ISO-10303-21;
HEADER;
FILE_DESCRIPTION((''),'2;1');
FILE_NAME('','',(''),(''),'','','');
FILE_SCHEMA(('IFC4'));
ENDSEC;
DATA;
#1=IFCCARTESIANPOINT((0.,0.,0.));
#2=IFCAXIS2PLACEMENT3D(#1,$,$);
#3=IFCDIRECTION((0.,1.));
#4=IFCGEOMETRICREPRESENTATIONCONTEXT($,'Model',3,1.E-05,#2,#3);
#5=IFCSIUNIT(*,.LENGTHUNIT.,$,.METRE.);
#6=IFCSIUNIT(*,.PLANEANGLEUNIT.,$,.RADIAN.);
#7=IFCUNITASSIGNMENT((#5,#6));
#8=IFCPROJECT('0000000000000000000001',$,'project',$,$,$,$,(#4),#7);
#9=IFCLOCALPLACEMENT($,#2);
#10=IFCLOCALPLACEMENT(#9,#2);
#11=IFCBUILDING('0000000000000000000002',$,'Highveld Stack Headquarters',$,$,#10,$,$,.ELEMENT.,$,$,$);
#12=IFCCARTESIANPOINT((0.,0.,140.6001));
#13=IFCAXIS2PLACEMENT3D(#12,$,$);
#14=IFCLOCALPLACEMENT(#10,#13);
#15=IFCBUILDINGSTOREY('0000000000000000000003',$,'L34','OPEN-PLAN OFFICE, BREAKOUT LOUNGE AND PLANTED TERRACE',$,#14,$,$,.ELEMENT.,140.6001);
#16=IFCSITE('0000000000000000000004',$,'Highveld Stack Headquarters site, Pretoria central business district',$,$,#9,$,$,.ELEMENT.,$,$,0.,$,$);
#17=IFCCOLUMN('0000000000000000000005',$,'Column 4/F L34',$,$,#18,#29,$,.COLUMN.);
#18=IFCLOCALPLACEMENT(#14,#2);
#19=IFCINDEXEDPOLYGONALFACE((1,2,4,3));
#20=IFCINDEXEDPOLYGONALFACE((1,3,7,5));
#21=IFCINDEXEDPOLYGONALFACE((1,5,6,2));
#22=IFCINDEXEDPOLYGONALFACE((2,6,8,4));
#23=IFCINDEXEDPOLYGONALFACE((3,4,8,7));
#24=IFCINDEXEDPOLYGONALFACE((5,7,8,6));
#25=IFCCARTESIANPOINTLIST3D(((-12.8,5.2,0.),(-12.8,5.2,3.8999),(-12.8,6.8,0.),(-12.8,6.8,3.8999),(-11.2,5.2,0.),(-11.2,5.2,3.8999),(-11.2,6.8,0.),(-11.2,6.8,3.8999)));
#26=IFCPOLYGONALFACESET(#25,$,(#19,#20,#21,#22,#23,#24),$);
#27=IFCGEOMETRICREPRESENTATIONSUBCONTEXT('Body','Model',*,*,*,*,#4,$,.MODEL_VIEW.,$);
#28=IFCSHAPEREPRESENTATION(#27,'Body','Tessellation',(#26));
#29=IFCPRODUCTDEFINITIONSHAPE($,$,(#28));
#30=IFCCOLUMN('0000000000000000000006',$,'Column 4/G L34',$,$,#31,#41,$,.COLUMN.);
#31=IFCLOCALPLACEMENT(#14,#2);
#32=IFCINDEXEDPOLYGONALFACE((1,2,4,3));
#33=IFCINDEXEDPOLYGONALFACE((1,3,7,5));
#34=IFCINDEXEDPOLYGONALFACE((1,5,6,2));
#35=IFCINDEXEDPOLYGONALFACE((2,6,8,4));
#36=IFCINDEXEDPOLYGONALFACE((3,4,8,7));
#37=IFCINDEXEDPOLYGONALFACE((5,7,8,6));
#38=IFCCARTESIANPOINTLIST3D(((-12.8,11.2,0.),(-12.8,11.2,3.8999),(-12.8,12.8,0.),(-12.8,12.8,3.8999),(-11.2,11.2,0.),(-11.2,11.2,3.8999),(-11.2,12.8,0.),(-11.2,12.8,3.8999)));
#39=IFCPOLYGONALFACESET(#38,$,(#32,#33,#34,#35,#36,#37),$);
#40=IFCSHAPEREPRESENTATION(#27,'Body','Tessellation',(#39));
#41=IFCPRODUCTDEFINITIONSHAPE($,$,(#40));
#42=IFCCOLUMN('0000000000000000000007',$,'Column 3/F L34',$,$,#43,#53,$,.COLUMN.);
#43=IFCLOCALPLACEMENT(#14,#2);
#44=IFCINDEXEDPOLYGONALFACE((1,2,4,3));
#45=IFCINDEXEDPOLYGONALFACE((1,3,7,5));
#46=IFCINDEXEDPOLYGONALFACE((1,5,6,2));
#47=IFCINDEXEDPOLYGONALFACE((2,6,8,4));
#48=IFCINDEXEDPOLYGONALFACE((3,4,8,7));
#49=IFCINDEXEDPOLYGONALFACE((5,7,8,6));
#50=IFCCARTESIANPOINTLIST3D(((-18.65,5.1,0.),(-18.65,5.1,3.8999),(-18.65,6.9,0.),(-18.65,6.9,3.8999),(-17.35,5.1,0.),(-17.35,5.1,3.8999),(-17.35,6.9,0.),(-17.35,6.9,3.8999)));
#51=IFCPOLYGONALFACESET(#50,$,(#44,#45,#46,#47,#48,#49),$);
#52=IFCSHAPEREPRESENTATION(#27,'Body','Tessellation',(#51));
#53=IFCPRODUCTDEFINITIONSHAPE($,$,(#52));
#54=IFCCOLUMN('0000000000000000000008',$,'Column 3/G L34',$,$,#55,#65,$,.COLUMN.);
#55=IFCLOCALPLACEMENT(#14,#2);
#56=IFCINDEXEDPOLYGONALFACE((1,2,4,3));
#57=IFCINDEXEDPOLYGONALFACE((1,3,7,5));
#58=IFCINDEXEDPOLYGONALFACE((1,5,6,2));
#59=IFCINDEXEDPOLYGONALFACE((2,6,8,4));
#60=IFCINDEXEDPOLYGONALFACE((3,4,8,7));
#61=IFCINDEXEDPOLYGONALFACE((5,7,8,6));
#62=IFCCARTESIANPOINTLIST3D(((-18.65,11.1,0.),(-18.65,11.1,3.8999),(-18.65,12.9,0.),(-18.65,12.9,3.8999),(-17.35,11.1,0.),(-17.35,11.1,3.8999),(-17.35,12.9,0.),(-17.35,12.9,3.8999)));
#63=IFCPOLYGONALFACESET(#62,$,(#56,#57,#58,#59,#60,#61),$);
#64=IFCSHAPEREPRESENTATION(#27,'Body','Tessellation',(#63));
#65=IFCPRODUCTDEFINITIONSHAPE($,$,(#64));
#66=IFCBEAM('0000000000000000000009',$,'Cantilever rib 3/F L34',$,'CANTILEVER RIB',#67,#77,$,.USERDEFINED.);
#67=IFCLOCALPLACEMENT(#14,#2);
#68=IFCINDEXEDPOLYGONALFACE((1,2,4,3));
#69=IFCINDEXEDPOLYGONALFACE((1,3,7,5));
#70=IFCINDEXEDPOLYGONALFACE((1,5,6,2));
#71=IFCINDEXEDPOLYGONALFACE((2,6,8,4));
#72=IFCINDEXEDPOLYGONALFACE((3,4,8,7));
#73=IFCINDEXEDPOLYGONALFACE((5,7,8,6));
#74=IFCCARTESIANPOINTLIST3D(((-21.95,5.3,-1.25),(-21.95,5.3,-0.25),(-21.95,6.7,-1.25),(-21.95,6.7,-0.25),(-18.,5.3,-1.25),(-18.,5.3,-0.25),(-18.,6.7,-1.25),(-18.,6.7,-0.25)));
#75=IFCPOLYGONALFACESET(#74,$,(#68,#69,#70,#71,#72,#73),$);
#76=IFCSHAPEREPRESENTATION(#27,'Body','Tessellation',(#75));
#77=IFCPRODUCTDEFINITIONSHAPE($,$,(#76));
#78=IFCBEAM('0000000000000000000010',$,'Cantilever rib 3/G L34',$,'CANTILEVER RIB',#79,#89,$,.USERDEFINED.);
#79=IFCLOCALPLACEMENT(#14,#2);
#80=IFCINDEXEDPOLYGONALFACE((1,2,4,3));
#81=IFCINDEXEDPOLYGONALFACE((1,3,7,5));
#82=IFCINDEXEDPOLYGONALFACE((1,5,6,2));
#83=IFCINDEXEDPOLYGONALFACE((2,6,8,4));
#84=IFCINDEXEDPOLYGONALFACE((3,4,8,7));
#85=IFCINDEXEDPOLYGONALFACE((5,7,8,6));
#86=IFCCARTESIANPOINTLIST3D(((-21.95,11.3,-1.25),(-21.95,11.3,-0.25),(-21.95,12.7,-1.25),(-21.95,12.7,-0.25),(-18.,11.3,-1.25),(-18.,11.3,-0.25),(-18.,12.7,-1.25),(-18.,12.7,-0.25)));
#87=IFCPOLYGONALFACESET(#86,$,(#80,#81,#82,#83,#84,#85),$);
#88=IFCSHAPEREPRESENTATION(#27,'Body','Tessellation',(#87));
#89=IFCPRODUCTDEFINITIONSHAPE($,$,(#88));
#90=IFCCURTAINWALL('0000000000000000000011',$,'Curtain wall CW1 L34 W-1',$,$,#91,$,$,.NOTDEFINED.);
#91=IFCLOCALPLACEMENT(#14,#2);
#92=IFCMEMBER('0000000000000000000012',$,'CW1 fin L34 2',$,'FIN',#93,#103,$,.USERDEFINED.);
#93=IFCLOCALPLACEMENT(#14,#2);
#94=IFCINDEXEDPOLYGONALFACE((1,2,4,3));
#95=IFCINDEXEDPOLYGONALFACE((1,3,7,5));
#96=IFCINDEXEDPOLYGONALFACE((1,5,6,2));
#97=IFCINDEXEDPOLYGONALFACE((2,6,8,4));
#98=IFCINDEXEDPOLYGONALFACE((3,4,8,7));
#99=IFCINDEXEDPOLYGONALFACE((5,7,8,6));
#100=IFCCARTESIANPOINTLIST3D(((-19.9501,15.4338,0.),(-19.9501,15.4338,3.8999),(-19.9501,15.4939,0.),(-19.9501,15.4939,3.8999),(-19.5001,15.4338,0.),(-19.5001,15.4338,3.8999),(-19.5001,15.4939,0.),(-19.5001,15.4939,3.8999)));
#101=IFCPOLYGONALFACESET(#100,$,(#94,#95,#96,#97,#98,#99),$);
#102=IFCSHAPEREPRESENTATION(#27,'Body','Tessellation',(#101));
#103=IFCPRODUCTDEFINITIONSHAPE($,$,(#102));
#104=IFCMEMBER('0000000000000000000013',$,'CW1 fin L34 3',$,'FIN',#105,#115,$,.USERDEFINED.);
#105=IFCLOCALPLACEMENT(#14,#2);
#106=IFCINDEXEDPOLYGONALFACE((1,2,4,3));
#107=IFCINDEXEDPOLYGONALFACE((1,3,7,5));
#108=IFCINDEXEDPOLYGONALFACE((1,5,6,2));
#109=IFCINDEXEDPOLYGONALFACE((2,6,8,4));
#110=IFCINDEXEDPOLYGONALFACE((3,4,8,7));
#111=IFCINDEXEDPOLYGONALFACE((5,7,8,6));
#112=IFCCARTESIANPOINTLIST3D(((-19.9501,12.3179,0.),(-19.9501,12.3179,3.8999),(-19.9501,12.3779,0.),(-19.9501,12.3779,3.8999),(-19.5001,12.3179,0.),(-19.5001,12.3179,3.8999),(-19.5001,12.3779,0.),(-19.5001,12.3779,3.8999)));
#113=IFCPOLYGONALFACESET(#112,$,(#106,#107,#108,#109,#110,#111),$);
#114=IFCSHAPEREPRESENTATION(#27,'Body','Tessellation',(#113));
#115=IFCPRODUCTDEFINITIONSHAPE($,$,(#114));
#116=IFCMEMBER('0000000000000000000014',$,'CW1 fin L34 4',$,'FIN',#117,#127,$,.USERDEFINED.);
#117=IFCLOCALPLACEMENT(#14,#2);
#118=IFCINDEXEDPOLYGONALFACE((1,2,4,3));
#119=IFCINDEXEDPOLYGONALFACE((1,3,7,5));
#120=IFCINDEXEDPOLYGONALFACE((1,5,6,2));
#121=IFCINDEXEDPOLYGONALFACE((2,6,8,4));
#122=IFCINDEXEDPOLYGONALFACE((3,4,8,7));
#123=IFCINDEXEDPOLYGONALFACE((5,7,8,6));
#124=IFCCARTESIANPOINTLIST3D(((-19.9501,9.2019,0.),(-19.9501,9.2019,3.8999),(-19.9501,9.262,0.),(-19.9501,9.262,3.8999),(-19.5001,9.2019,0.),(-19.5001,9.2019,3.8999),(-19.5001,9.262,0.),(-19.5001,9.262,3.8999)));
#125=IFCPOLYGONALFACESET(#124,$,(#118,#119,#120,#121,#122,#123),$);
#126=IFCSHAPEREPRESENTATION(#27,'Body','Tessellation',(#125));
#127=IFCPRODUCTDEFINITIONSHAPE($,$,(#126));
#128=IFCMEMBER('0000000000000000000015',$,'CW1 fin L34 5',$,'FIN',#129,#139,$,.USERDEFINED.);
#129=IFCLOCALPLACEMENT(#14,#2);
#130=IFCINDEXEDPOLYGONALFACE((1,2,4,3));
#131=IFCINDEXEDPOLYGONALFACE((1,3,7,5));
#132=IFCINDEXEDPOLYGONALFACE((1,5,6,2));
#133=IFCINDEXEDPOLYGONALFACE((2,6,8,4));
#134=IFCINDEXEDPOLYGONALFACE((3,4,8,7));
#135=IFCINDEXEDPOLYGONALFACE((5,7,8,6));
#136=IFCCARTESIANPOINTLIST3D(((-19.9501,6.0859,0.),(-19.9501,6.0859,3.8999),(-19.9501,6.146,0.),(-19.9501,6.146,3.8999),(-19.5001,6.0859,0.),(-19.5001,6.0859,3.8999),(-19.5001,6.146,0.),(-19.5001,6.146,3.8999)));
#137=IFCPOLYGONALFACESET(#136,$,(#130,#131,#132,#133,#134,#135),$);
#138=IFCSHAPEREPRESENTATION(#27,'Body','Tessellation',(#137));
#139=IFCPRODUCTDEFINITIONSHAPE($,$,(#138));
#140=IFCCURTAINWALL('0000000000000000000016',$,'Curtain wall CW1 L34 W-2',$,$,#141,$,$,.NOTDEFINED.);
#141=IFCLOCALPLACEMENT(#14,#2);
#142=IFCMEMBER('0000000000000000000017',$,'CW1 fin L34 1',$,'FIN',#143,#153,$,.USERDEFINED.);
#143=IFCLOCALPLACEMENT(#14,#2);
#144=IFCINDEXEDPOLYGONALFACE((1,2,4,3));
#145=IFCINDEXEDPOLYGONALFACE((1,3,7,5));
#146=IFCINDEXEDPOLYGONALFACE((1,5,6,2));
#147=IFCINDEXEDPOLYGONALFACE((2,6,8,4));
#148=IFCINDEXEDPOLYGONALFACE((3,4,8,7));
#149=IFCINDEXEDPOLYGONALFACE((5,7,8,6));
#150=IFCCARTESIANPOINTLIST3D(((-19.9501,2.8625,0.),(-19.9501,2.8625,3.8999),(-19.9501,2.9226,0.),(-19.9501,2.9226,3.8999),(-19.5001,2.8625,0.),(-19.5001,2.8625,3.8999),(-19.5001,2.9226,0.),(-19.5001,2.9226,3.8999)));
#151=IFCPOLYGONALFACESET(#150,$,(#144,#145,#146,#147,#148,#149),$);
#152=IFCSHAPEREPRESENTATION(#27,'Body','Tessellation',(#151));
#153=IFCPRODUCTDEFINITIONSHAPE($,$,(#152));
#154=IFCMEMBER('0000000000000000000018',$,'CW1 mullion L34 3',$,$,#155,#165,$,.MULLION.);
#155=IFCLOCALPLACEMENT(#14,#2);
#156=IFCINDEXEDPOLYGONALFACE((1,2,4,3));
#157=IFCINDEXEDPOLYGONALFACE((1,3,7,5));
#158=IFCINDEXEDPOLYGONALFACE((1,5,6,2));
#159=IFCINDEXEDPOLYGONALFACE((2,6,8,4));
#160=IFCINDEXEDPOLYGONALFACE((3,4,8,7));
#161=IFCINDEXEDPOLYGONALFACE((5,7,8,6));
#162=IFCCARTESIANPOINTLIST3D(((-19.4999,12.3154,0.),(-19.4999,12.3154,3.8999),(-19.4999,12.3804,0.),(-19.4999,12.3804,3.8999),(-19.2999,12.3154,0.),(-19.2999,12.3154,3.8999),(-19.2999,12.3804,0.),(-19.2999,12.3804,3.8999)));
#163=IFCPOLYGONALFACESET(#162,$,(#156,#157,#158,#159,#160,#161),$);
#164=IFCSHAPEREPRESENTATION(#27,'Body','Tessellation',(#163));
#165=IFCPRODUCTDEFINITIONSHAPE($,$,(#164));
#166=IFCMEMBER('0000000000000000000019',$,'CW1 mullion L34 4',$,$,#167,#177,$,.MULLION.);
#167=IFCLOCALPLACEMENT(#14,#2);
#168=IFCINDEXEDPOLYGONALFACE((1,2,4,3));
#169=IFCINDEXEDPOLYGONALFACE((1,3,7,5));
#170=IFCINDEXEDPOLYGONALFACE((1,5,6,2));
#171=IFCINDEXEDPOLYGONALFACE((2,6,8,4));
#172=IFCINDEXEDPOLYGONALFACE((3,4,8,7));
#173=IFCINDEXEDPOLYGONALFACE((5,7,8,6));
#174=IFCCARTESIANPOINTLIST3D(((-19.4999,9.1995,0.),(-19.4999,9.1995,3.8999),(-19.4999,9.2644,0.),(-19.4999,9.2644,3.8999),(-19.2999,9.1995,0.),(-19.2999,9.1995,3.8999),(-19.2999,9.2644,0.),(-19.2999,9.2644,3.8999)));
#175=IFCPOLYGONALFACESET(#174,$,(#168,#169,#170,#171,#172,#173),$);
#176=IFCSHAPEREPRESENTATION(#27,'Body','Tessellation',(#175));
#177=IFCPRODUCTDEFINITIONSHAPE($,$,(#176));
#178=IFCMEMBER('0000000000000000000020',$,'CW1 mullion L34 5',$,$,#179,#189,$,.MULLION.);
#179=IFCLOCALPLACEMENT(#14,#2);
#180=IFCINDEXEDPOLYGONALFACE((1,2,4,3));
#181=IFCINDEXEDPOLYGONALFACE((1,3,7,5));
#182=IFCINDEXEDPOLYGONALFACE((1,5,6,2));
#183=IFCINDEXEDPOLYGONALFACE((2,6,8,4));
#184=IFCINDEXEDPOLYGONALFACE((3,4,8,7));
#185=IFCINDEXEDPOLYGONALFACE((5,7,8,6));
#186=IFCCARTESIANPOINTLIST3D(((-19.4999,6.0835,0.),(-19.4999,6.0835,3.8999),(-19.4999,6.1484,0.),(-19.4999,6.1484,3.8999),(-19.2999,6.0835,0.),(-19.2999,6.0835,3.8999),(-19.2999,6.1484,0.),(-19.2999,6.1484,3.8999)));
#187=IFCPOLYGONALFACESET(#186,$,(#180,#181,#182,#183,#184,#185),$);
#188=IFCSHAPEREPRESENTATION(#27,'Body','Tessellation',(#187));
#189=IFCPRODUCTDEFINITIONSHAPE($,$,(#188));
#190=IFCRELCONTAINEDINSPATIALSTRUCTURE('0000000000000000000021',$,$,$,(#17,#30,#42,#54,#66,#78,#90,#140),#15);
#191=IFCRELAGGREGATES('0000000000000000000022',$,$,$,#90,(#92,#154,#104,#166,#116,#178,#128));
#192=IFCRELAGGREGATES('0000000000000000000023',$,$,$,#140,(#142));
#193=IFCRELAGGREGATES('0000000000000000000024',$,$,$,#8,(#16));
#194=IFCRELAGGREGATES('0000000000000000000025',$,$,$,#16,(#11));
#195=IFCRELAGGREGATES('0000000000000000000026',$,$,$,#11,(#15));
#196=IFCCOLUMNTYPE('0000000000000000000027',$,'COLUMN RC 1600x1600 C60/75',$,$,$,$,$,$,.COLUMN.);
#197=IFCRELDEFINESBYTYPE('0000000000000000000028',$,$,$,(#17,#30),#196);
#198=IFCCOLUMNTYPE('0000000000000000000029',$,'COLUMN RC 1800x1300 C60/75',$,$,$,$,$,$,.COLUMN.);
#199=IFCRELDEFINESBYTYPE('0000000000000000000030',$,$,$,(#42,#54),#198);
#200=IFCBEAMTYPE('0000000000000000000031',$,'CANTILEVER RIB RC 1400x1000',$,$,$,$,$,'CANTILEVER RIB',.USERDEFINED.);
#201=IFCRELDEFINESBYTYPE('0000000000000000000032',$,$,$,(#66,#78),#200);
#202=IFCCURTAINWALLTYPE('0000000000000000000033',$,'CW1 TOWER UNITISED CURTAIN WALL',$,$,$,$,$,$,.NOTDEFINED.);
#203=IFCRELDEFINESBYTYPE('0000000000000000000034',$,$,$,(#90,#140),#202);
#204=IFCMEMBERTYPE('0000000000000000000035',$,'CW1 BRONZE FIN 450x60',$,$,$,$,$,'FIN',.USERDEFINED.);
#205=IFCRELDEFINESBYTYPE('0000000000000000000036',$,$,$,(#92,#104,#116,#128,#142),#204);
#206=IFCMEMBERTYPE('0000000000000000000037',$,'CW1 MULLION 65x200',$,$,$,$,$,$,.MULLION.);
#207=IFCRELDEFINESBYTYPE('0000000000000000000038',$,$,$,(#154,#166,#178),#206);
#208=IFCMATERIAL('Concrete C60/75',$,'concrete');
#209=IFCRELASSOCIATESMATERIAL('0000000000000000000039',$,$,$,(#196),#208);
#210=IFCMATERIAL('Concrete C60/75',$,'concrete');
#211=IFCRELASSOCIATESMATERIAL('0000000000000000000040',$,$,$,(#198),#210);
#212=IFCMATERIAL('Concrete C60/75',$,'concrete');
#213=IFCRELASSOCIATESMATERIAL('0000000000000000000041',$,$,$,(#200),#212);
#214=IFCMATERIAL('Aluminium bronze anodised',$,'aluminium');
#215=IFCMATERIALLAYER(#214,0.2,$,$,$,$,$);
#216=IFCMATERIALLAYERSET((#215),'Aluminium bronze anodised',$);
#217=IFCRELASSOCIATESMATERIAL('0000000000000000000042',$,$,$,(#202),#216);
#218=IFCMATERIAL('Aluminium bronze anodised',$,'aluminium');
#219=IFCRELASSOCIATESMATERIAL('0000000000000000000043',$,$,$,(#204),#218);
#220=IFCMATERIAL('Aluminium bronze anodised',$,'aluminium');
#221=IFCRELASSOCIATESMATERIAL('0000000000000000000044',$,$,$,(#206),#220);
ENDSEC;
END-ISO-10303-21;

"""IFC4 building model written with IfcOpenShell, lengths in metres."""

from ifc_helpers import new_model, si_unit, direction, frame, origin, origin_2d, place, context, subcontext, project, spatial, rectangle, extrude, material, layer, layer_set, material_profile, profile_set, type_object, element, aggregate, save


model = new_model("IFC4")

# Units and contexts
model_context = context("Model", 3, precision=1e-05, world=origin(), true_north=direction((0.0, 1.0)))
body_context = subcontext(model_context, "Body", "Model", "MODEL_VIEW")
ifc_project = project(units=[si_unit("LENGTHUNIT", "METRE"), si_unit("PLANEANGLEUNIT", "RADIAN")], contexts=[model_context])

# Site, building, storey
site_placement = place(None, origin())
site = spatial("IfcSite", under=ifc_project, at=site_placement, Name="Highveld Stack Headquarters site, Pretoria central business district", CompositionType="ELEMENT", RefElevation=0.0)
building_placement = place(site_placement, origin())
building = spatial("IfcBuilding", under=site, at=building_placement, Name="Highveld Stack Headquarters", CompositionType="ELEMENT")
storey_placement = place(building_placement, frame((0.0, 0.0, 140.6001)))
storey = spatial("IfcBuildingStorey", under=building, at=storey_placement, Name="L34", Description="OPEN-PLAN OFFICE, BREAKOUT LOUNGE AND PLANTED TERRACE", CompositionType="ELEMENT", Elevation=140.6001)

# Columns
ifc_material_1 = material(Name="Concrete C60/75", Category="concrete")
ifc_material_profile_1 = material_profile(ifc_material_1, rectangle(XDim=1.6001, YDim=1.6001, at=origin_2d()), Name="RC 1600x1600")
ifc_profile_set_1 = profile_set([ifc_material_profile_1], Name="Concrete C60/75")
column_type_1 = type_object("IfcColumnType", Name="COLUMN RC 1600x1600 C60/75", PredefinedType="COLUMN", material=ifc_profile_set_1)
for number, where, z_axis, x_axis, name in (
    (1, (-12.0, 6.0, 0.0), (0.0, 0.0, 1.0), (1.0, 0.0, 0.0), "Column 4/F L34"),
    (2, (-12.0, 12.0, 0.0), (0.0, 0.0, 1.0), (1.0, 0.0, 0.0), "Column 4/G L34"),
):
    element("IfcColumn", number, at=place(storey_placement, frame(where, z_axis=z_axis, x_axis=x_axis)), inside=storey, type_object=column_type_1, Name=name, PredefinedType="COLUMN", context=body_context, shape_type="SweptSolid", body=[
        extrude(rectangle(XDim=1.6001, YDim=1.6001, at=origin_2d()), origin(), (0.0, 0.0, 1.0), 3.8999),
    ])
ifc_material_2 = material(Name="Concrete C60/75", Category="concrete")
ifc_material_profile_2 = material_profile(ifc_material_2, rectangle(XDim=1.8, YDim=1.3, at=origin_2d()), Name="RC 1800x1300")
ifc_profile_set_2 = profile_set([ifc_material_profile_2], Name="Concrete C60/75")
column_type_2 = type_object("IfcColumnType", Name="COLUMN RC 1800x1300 C60/75", PredefinedType="COLUMN", material=ifc_profile_set_2)
for number, where, z_axis, x_axis, name in (
    (3, (-18.0, 6.0, 0.0), (0.0, 0.0, 1.0), (0.0, 1.0, 0.0), "Column 3/F L34"),
    (4, (-18.0, 12.0, 0.0), (0.0, 0.0, 1.0), (0.0, 1.0, 0.0), "Column 3/G L34"),
):
    element("IfcColumn", number, at=place(storey_placement, frame(where, z_axis=z_axis, x_axis=x_axis)), inside=storey, type_object=column_type_2, Name=name, PredefinedType="COLUMN", context=body_context, shape_type="SweptSolid", body=[
        extrude(rectangle(XDim=1.8, YDim=1.3, at=origin_2d()), origin(), (0.0, 0.0, 1.0), 3.8999),
    ])

# Beams
ifc_material_3 = material(Name="Concrete C60/75", Category="concrete")
ifc_material_profile_3 = material_profile(ifc_material_3, rectangle(XDim=1.3999, YDim=1.0, at=origin_2d()), Name="RC 1400x1000")
ifc_profile_set_3 = profile_set([ifc_material_profile_3], Name="Concrete C60/75")
beam_type_1 = type_object("IfcBeamType", Name="CANTILEVER RIB RC 1400x1000", ElementType="CANTILEVER RIB", PredefinedType="USERDEFINED", material=ifc_profile_set_3)
for number, where, z_axis, x_axis, name in (
    (5, (-18.0, 6.0, -0.75), (-1.0, 0.0, 0.0), (0.0, -1.0, 0.0), "Cantilever rib 3/F L34"),
    (6, (-18.0, 12.0, -0.75), (-1.0, 0.0, 0.0), (0.0, -1.0, 0.0), "Cantilever rib 3/G L34"),
):
    element("IfcBeam", number, at=place(storey_placement, frame(where, z_axis=z_axis, x_axis=x_axis)), inside=storey, type_object=beam_type_1, Name=name, ObjectType="CANTILEVER RIB", PredefinedType="USERDEFINED", context=body_context, shape_type="SweptSolid", body=[
        extrude(rectangle(XDim=1.3999, YDim=1.0, at=origin_2d()), origin(), (0.0, 0.0, 1.0), 3.95),
    ])

# Curtain wall, members
ifc_material_4 = material(Name="Aluminium bronze anodised", Category="aluminium")
ifc_layer_1 = layer(ifc_material_4, 0.2)
ifc_layer_set_1 = layer_set([ifc_layer_1], Name="Aluminium bronze anodised")
curtain_wall_type = type_object("IfcCurtainWallType", Name="CW1 TOWER UNITISED CURTAIN WALL", PredefinedType="NOTDEFINED", material=ifc_layer_set_1)
curtain_wall_1_placement = place(storey_placement, origin())
curtain_wall_1 = element("IfcCurtainWall", 7, at=curtain_wall_1_placement, inside=storey, type_object=curtain_wall_type, Name="Curtain wall CW1 L34 W-1", PredefinedType="NOTDEFINED")
ifc_material_5 = material(Name="Aluminium bronze anodised", Category="aluminium")
ifc_material_profile_4 = material_profile(ifc_material_5, rectangle(XDim=0.45, YDim=0.0601, at=origin_2d()), Name="FIN 450x60")
ifc_profile_set_4 = profile_set([ifc_material_profile_4], Name="Aluminium bronze anodised")
member_type_1 = type_object("IfcMemberType", Name="CW1 BRONZE FIN 450x60", ElementType="FIN", PredefinedType="USERDEFINED", material=ifc_profile_set_4)
member_1_placement = place(storey_placement, frame((-19.7251, 15.4639, 0.0), z_axis=(0.0, 0.0, 1.0), x_axis=(1.0, 0.0, 0.0)))
member_1 = element("IfcMember", 8, at=member_1_placement, type_object=member_type_1, Name="CW1 fin L34 2", ObjectType="FIN", PredefinedType="USERDEFINED", context=body_context, shape_type="SweptSolid", body=[
    extrude(rectangle(XDim=0.45, YDim=0.0601, at=origin_2d()), origin(), (0.0, 0.0, 1.0), 3.8999),
])
member_2_placement = place(storey_placement, frame((-19.7251, 12.3479, 0.0), z_axis=(0.0, 0.0, 1.0), x_axis=(1.0, 0.0, 0.0)))
member_2 = element("IfcMember", 9, at=member_2_placement, type_object=member_type_1, Name="CW1 fin L34 3", ObjectType="FIN", PredefinedType="USERDEFINED", context=body_context, shape_type="SweptSolid", body=[
    extrude(rectangle(XDim=0.45, YDim=0.0601, at=origin_2d()), origin(), (0.0, 0.0, 1.0), 3.8999),
])
member_3_placement = place(storey_placement, frame((-19.7251, 9.2319, 0.0), z_axis=(0.0, 0.0, 1.0), x_axis=(1.0, 0.0, 0.0)))
member_3 = element("IfcMember", 10, at=member_3_placement, type_object=member_type_1, Name="CW1 fin L34 4", ObjectType="FIN", PredefinedType="USERDEFINED", context=body_context, shape_type="SweptSolid", body=[
    extrude(rectangle(XDim=0.45, YDim=0.0601, at=origin_2d()), origin(), (0.0, 0.0, 1.0), 3.8999),
])
member_4_placement = place(storey_placement, frame((-19.7251, 6.116, 0.0), z_axis=(0.0, 0.0, 1.0), x_axis=(1.0, 0.0, 0.0)))
member_4 = element("IfcMember", 11, at=member_4_placement, type_object=member_type_1, Name="CW1 fin L34 5", ObjectType="FIN", PredefinedType="USERDEFINED", context=body_context, shape_type="SweptSolid", body=[
    extrude(rectangle(XDim=0.45, YDim=0.0601, at=origin_2d()), origin(), (0.0, 0.0, 1.0), 3.8999),
])

# Curtain wall, member
curtain_wall_2_placement = place(storey_placement, origin())
curtain_wall_2 = element("IfcCurtainWall", 12, at=curtain_wall_2_placement, inside=storey, type_object=curtain_wall_type, Name="Curtain wall CW1 L34 W-2", PredefinedType="NOTDEFINED")
member_5_placement = place(storey_placement, frame((-19.7251, 2.8926, 0.0), z_axis=(0.0, 0.0, 1.0), x_axis=(1.0, 0.0, 0.0)))
member_5 = element("IfcMember", 13, at=member_5_placement, type_object=member_type_1, Name="CW1 fin L34 1", ObjectType="FIN", PredefinedType="USERDEFINED", context=body_context, shape_type="SweptSolid", body=[
    extrude(rectangle(XDim=0.45, YDim=0.0601, at=origin_2d()), origin(), (0.0, 0.0, 1.0), 3.8999),
])

# Members
ifc_material_6 = material(Name="Aluminium bronze anodised", Category="aluminium")
ifc_material_profile_5 = material_profile(ifc_material_6, rectangle(XDim=0.2, YDim=0.0649, at=origin_2d()), Name="CW1 MULLION 65x200")
ifc_profile_set_5 = profile_set([ifc_material_profile_5], Name="Aluminium bronze anodised")
member_type_2 = type_object("IfcMemberType", Name="CW1 MULLION 65x200", PredefinedType="MULLION", material=ifc_profile_set_5)
member_6_placement = place(storey_placement, frame((-19.3999, 12.3479, 0.0), z_axis=(0.0, 0.0, 1.0), x_axis=(1.0, 0.0, 0.0)))
member_6 = element("IfcMember", 14, at=member_6_placement, type_object=member_type_2, Name="CW1 mullion L34 3", PredefinedType="MULLION", context=body_context, shape_type="SweptSolid", body=[
    extrude(rectangle(XDim=0.2, YDim=0.0649, at=origin_2d()), origin(), (0.0, 0.0, 1.0), 3.8999),
])
member_7_placement = place(storey_placement, frame((-19.3999, 9.2319, 0.0), z_axis=(0.0, 0.0, 1.0), x_axis=(1.0, 0.0, 0.0)))
member_7 = element("IfcMember", 15, at=member_7_placement, type_object=member_type_2, Name="CW1 mullion L34 4", PredefinedType="MULLION", context=body_context, shape_type="SweptSolid", body=[
    extrude(rectangle(XDim=0.2, YDim=0.0649, at=origin_2d()), origin(), (0.0, 0.0, 1.0), 3.8999),
])
member_8_placement = place(storey_placement, frame((-19.3999, 6.116, 0.0), z_axis=(0.0, 0.0, 1.0), x_axis=(1.0, 0.0, 0.0)))
member_8 = element("IfcMember", 16, at=member_8_placement, type_object=member_type_2, Name="CW1 mullion L34 5", PredefinedType="MULLION", context=body_context, shape_type="SweptSolid", body=[
    extrude(rectangle(XDim=0.2, YDim=0.0649, at=origin_2d()), origin(), (0.0, 0.0, 1.0), 3.8999),
])

aggregate(curtain_wall_1, [member_1, member_6, member_2, member_7, member_3, member_8, member_4])
aggregate(curtain_wall_2, [member_5])

save(model, "model.ifc")
